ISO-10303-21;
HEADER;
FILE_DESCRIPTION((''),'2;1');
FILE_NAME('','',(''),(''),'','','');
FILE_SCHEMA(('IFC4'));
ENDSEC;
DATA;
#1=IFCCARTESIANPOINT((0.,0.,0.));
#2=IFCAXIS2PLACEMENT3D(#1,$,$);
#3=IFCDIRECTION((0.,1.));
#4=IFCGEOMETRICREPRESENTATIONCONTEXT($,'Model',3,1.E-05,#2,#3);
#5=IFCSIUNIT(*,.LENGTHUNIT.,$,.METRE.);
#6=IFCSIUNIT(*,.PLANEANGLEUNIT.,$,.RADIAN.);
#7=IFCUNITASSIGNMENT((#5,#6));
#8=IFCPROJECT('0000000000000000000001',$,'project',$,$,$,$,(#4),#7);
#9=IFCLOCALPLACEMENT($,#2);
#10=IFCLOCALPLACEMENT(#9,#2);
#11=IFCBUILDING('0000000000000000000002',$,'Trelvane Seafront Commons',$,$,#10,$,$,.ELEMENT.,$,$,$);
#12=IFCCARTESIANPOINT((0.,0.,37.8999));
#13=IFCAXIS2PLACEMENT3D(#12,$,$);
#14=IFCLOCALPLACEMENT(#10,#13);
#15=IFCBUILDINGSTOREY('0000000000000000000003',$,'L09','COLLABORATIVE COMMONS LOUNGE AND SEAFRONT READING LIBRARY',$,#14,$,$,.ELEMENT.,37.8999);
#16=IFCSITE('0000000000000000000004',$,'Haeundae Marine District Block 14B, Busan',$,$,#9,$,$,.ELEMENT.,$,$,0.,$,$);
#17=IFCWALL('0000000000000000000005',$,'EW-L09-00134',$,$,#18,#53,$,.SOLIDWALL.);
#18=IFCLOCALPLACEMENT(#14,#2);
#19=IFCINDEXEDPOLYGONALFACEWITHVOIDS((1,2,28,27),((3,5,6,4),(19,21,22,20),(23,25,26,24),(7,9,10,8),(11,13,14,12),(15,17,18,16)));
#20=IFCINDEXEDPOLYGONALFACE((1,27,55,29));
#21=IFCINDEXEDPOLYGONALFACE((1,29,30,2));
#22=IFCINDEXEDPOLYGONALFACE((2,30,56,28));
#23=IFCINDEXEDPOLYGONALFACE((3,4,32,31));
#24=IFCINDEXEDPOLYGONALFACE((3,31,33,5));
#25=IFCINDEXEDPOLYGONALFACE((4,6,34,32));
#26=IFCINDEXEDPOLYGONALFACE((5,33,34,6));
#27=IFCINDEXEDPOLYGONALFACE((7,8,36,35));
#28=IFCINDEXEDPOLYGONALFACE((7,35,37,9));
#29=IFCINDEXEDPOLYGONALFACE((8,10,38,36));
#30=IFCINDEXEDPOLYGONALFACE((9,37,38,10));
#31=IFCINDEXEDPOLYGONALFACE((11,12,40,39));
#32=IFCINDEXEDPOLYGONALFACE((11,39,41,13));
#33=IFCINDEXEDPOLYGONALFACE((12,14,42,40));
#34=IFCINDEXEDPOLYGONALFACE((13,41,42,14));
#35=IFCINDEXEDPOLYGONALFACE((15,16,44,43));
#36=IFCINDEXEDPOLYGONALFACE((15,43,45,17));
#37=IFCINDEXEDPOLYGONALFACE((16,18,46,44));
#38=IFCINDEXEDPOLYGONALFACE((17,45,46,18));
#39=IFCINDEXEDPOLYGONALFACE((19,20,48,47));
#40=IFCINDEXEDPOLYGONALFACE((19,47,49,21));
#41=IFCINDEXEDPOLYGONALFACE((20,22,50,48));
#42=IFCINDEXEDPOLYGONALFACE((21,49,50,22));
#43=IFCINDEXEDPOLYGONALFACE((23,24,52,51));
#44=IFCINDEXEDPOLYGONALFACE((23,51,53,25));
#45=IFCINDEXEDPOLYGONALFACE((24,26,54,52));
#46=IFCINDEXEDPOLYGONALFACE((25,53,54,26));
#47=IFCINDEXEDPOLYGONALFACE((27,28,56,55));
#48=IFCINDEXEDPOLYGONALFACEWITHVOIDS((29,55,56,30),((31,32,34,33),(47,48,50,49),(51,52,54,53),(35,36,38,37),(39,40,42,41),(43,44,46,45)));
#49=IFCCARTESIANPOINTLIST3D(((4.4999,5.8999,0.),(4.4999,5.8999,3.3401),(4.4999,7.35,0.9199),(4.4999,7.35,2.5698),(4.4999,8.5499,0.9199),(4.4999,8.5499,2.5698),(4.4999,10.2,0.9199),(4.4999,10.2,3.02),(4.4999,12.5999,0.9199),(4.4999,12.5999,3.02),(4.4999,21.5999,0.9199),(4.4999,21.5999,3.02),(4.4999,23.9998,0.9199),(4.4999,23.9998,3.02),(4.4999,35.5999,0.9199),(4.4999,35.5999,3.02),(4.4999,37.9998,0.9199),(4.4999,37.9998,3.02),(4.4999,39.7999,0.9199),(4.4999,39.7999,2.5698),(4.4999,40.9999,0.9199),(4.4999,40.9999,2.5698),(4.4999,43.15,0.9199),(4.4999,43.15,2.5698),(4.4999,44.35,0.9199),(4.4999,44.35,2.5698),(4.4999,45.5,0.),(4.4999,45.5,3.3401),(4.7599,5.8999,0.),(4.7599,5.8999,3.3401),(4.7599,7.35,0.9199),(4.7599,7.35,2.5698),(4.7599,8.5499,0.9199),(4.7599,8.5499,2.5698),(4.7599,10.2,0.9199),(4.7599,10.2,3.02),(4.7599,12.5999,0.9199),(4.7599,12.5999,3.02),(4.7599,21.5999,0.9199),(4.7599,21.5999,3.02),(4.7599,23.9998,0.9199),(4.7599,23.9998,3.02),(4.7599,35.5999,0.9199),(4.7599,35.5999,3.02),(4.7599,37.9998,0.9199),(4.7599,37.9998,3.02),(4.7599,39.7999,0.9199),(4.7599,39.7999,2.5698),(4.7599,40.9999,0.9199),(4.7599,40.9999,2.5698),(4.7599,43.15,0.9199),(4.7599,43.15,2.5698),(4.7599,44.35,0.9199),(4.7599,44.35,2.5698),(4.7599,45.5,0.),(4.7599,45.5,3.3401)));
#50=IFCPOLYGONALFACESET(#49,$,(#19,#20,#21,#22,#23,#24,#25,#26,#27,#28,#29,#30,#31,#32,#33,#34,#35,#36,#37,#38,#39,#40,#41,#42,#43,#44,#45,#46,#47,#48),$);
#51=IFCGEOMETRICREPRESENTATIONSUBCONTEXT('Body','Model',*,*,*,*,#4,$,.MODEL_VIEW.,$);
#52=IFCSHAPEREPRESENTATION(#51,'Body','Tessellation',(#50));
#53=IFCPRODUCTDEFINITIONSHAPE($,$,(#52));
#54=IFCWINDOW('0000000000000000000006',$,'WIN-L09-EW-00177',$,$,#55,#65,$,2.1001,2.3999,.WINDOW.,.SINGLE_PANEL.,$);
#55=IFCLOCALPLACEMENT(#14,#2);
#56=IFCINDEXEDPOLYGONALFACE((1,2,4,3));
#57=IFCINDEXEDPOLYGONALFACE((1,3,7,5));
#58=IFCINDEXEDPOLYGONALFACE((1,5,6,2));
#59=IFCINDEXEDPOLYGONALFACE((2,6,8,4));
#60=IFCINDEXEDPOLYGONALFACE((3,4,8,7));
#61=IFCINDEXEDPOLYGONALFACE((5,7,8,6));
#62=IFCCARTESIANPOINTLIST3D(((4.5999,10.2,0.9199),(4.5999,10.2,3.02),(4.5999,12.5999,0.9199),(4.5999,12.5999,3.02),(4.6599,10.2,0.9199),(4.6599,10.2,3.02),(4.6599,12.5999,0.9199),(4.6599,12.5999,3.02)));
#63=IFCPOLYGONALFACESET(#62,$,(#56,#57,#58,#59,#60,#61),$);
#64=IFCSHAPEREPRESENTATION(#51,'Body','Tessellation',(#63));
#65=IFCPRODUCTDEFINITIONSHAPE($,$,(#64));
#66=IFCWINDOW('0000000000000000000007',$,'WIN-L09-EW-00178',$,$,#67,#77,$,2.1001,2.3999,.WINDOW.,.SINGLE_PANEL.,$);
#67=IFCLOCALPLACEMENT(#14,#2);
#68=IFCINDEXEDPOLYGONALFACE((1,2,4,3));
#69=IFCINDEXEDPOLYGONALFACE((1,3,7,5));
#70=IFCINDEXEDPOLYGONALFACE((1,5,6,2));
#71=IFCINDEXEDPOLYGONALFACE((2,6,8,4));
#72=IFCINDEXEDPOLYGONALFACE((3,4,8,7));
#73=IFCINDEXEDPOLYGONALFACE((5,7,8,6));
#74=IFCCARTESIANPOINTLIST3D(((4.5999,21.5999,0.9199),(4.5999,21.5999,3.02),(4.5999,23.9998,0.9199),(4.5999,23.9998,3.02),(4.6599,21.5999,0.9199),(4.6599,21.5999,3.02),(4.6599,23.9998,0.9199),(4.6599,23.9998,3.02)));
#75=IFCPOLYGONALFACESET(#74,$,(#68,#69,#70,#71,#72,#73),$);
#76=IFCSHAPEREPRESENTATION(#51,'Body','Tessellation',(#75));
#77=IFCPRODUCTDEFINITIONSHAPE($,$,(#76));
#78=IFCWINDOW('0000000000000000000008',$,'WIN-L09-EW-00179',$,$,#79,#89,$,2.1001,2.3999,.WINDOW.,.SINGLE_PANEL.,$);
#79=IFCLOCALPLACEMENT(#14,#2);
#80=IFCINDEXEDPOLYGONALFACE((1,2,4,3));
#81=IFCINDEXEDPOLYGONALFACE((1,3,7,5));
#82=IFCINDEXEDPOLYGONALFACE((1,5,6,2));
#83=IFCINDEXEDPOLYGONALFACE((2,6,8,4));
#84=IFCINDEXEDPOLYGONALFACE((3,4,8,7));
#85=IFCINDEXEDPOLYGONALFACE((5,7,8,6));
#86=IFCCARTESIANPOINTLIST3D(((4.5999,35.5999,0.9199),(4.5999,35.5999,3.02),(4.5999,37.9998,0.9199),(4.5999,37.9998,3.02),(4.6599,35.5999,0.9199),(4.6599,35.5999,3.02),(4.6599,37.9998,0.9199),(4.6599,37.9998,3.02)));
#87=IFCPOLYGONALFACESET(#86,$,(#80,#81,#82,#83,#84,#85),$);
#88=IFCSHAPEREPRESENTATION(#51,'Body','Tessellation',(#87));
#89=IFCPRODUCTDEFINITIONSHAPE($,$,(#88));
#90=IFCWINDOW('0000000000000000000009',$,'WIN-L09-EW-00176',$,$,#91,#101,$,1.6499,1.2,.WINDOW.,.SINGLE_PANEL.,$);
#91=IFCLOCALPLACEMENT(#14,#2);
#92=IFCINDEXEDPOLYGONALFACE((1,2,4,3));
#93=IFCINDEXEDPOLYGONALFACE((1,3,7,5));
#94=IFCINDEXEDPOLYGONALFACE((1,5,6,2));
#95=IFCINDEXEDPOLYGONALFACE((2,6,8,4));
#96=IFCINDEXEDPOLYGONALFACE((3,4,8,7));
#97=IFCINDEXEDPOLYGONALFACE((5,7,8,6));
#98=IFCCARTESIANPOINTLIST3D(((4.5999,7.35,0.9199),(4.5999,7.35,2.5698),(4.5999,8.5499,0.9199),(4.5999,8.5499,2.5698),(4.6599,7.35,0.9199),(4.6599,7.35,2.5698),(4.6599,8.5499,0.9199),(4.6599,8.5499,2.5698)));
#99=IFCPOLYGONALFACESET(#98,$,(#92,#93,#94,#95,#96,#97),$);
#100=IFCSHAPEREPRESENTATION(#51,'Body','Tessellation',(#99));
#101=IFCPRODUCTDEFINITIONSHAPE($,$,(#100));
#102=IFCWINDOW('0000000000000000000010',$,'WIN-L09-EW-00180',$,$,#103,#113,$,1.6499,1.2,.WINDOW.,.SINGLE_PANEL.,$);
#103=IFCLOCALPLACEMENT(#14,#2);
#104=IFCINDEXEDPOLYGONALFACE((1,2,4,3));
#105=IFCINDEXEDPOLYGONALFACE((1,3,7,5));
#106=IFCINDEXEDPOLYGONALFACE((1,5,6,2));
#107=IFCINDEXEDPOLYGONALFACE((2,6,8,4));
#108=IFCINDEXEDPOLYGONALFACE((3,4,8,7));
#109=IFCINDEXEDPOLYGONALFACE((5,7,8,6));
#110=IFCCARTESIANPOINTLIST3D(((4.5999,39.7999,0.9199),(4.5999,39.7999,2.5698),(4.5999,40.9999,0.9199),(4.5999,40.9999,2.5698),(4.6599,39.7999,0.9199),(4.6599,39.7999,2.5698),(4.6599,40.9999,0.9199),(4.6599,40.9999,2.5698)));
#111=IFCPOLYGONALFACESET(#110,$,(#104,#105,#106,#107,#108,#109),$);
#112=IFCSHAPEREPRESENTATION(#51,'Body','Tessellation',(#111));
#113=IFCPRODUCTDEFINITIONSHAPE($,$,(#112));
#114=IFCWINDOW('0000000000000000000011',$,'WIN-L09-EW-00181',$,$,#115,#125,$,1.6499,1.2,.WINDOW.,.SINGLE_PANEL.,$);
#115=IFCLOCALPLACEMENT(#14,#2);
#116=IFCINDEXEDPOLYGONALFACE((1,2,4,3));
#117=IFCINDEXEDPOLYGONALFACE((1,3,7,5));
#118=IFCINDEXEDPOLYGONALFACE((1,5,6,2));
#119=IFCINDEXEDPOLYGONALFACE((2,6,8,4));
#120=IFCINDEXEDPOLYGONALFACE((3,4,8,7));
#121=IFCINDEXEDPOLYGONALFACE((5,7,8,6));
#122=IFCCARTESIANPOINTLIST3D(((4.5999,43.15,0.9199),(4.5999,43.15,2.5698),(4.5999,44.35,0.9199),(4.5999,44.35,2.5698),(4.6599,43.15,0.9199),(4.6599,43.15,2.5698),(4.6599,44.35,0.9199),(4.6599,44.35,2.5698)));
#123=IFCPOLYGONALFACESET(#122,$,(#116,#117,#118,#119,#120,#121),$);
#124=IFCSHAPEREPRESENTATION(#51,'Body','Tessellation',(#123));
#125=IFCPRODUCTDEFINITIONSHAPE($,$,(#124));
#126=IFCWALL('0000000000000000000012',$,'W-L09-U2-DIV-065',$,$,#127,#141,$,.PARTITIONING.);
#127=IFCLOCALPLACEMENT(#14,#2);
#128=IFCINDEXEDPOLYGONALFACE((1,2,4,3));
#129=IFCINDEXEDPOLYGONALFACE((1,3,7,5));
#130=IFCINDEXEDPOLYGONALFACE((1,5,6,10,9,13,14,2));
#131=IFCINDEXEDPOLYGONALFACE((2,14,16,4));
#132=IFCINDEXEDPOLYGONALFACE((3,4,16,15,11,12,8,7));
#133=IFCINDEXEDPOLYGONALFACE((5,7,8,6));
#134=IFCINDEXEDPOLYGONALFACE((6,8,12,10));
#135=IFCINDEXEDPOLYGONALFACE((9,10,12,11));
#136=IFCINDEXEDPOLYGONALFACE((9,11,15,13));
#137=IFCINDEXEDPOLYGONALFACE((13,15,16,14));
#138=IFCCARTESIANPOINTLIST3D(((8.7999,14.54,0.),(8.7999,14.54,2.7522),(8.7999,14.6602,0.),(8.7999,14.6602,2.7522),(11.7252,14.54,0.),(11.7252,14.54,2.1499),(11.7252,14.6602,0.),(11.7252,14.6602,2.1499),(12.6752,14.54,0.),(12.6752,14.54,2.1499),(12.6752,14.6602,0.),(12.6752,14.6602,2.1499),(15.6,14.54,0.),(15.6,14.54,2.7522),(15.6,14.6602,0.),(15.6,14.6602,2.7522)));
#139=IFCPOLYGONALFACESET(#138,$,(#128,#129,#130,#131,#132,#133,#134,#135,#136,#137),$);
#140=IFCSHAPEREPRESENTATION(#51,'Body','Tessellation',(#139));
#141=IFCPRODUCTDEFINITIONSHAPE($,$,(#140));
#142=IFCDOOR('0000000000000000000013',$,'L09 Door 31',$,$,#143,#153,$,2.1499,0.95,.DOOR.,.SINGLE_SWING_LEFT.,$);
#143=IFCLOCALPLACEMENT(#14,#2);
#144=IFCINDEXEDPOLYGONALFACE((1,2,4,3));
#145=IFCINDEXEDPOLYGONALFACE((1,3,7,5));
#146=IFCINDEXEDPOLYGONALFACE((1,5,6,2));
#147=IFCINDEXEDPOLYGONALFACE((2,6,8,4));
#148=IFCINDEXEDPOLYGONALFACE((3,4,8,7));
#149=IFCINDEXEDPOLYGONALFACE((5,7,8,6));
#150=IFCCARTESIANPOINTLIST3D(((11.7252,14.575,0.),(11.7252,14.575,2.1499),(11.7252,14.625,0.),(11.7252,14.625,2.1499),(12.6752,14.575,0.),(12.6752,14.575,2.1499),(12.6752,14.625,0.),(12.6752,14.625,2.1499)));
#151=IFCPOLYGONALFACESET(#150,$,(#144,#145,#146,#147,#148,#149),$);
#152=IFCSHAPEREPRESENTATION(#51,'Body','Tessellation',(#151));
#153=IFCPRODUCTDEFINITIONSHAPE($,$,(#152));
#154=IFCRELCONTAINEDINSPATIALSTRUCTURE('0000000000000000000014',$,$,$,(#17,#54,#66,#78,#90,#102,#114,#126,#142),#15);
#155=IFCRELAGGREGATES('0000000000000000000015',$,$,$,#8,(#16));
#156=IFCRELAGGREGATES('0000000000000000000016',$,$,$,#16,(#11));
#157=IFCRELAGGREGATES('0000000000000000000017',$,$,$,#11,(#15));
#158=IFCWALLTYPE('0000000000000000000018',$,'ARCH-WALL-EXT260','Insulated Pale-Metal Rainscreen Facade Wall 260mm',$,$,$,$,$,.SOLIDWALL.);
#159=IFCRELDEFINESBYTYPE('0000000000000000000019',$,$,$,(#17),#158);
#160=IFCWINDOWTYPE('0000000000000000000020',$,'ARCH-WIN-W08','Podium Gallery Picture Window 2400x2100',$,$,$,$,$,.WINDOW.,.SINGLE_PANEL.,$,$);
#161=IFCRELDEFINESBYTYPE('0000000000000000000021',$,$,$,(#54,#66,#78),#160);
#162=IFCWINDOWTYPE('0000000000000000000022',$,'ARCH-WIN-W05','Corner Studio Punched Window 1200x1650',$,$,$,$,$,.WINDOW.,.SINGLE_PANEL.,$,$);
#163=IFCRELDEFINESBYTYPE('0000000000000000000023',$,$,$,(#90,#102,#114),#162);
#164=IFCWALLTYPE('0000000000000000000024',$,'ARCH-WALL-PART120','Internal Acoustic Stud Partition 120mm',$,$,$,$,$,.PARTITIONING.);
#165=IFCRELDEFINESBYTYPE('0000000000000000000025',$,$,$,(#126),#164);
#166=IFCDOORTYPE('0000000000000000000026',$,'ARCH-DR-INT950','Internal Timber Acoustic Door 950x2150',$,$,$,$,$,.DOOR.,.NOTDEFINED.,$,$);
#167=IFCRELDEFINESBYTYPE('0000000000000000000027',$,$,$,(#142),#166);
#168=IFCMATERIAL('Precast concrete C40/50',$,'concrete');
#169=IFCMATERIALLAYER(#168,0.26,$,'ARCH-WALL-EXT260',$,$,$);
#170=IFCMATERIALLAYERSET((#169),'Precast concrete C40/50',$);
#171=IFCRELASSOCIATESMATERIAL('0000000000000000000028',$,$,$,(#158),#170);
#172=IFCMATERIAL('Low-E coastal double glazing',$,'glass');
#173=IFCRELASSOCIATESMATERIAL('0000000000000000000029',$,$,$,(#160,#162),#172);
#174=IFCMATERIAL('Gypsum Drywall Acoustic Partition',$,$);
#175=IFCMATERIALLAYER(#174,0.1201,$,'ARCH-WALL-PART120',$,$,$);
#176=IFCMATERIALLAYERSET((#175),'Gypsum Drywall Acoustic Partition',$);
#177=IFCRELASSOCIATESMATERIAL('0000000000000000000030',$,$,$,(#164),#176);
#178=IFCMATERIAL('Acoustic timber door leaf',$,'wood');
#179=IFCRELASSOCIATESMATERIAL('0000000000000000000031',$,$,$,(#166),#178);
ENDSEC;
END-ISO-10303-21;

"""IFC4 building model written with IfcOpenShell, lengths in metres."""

from ifc_helpers import new_model, si_unit, direction, frame, frame_2d, origin, place, context, subcontext, project, spatial, rectangle, extrude, source, transform, mapped, material, layer, layer_set, type_object, element, fill, save


model = new_model("IFC4")

# Units and contexts
model_context = context("Model", 3, precision=1e-05, world=origin(), true_north=direction((0.0, 1.0)))
body_context = subcontext(model_context, "Body", "Model", "MODEL_VIEW")
ifc_project = project(units=[si_unit("LENGTHUNIT", "METRE"), si_unit("PLANEANGLEUNIT", "RADIAN")], contexts=[model_context])

# Site, building, storey
site_placement = place(None, origin())
site = spatial("IfcSite", under=ifc_project, at=site_placement, Name="Haeundae Marine District Block 14B, Busan", CompositionType="ELEMENT", RefElevation=0.0)
building_placement = place(site_placement, origin())
building = spatial("IfcBuilding", under=site, at=building_placement, Name="Trelvane Seafront Commons", CompositionType="ELEMENT")
storey_placement = place(building_placement, frame((0.0, 0.0, 37.8999)))
storey = spatial("IfcBuildingStorey", under=building, at=storey_placement, Name="L09", Description="COLLABORATIVE COMMONS LOUNGE AND SEAFRONT READING LIBRARY", CompositionType="ELEMENT", Elevation=37.8999)

# Shared definitions
ifc_material_1 = material(Name="Precast concrete C40/50", Category="concrete")
ifc_layer_1 = layer(ifc_material_1, 0.26, Name="ARCH-WALL-EXT260")
ifc_layer_set_1 = layer_set([ifc_layer_1], Name="Precast concrete C40/50")
wall_type_1 = type_object("IfcWallType", Name="ARCH-WALL-EXT260", Description="Insulated Pale-Metal Rainscreen Facade Wall 260mm", PredefinedType="SOLIDWALL", material=ifc_layer_set_1)

# Wall, openings, windows
wall_1_placement = place(storey_placement, frame((4.6299, 5.8999, 0.0), z_axis=(0.0, 0.0, 1.0), x_axis=(0.0, 1.0, 0.0)))
wall_1 = element("IfcWall", 1, at=wall_1_placement, inside=storey, type_object=wall_type_1, Name="EW-L09-00134", PredefinedType="SOLIDWALL", context=body_context, shape_type="SweptSolid", body=[
    extrude(rectangle(XDim=39.6001, YDim=0.26, at=frame_2d((19.8, 0.0))), origin(), (0.0, 0.0, 1.0), 3.3401),
])
opening_1_placement = place(wall_1_placement, frame((1.45, 0.0, 0.9199)))
opening_1 = element("IfcOpeningElement", 2, at=opening_1_placement, cuts=wall_1, PredefinedType="OPENING", context=body_context, shape_type="SweptSolid", body=[
    extrude(rectangle(XDim=1.2, YDim=1.6499, at=frame_2d((0.6001, 0.825))), frame((0.0, 0.1399, 0.0), z_axis=(0.0, -1.0, 0.0), x_axis=(1.0, 0.0, 0.0)), (0.0, 0.0, 1.0), 0.28),
])
opening_2_placement = place(wall_1_placement, frame((4.3, 0.0, 0.9199)))
opening_2 = element("IfcOpeningElement", 3, at=opening_2_placement, cuts=wall_1, PredefinedType="OPENING", context=body_context, shape_type="SweptSolid", body=[
    extrude(rectangle(XDim=2.3999, YDim=2.1001, at=frame_2d((1.2, 1.05))), frame((0.0, 0.1399, 0.0), z_axis=(0.0, -1.0, 0.0), x_axis=(1.0, 0.0, 0.0)), (0.0, 0.0, 1.0), 0.28),
])
opening_3_placement = place(wall_1_placement, frame((15.7, 0.0, 0.9199)))
opening_3 = element("IfcOpeningElement", 4, at=opening_3_placement, cuts=wall_1, PredefinedType="OPENING", context=body_context, shape_type="SweptSolid", body=[
    extrude(rectangle(XDim=2.3999, YDim=2.1001, at=frame_2d((1.2, 1.05))), frame((0.0, 0.1399, 0.0), z_axis=(0.0, -1.0, 0.0), x_axis=(1.0, 0.0, 0.0)), (0.0, 0.0, 1.0), 0.28),
])
opening_4_placement = place(wall_1_placement, frame((29.7, 0.0, 0.9199)))
opening_4 = element("IfcOpeningElement", 5, at=opening_4_placement, cuts=wall_1, PredefinedType="OPENING", context=body_context, shape_type="SweptSolid", body=[
    extrude(rectangle(XDim=2.3999, YDim=2.1001, at=frame_2d((1.2, 1.05))), frame((0.0, 0.1399, 0.0), z_axis=(0.0, -1.0, 0.0), x_axis=(1.0, 0.0, 0.0)), (0.0, 0.0, 1.0), 0.28),
])
opening_5_placement = place(wall_1_placement, frame((33.8999, 0.0, 0.9199)))
opening_5 = element("IfcOpeningElement", 6, at=opening_5_placement, cuts=wall_1, PredefinedType="OPENING", context=body_context, shape_type="SweptSolid", body=[
    extrude(rectangle(XDim=1.2, YDim=1.6499, at=frame_2d((0.6001, 0.825))), frame((0.0, 0.1399, 0.0), z_axis=(0.0, -1.0, 0.0), x_axis=(1.0, 0.0, 0.0)), (0.0, 0.0, 1.0), 0.28),
])
opening_6_placement = place(wall_1_placement, frame((37.25, 0.0, 0.9199)))
opening_6 = element("IfcOpeningElement", 7, at=opening_6_placement, cuts=wall_1, PredefinedType="OPENING", context=body_context, shape_type="SweptSolid", body=[
    extrude(rectangle(XDim=1.2, YDim=1.6499, at=frame_2d((0.6001, 0.825))), frame((0.0, 0.1399, 0.0), z_axis=(0.0, -1.0, 0.0), x_axis=(1.0, 0.0, 0.0)), (0.0, 0.0, 1.0), 0.28),
])
ifc_material_2 = material(Name="Low-E coastal double glazing", Category="glass")
window_type_1 = type_object("IfcWindowType", Name="ARCH-WIN-W08", Description="Podium Gallery Picture Window 2400x2100", PartitioningType="SINGLE_PANEL", PredefinedType="WINDOW", material=ifc_material_2)
shared_shape_1 = source(origin(), body_context, "Body", "SweptSolid", [
    extrude(rectangle(XDim=2.3999, YDim=2.1001, at=frame_2d((1.2, 1.05))), frame((0.0, 0.03, 0.0), z_axis=(0.0, -1.0, 0.0), x_axis=(1.0, 0.0, 0.0)), (0.0, 0.0, 1.0), 0.0601),
])
window_1_placement = place(opening_2_placement, origin())
window_1 = element("IfcWindow", 8, at=window_1_placement, inside=storey, type_object=window_type_1, Name="WIN-L09-EW-00177", OverallHeight=2.1001, OverallWidth=2.3999, PartitioningType="SINGLE_PANEL", PredefinedType="WINDOW", context=body_context, shape_type="MappedRepresentation", body=[
    mapped(shared_shape_1, transform((0.0, 0.0, 0.0), x_axis=(1.0, 0.0, 0.0), y_axis=(0.0, 1.0, 0.0), z_axis=(0.0, 0.0, 1.0), scale=1.0)),
])
fill(opening_2, window_1)
window_2_placement = place(opening_3_placement, origin())
window_2 = element("IfcWindow", 9, at=window_2_placement, inside=storey, type_object=window_type_1, Name="WIN-L09-EW-00178", OverallHeight=2.1001, OverallWidth=2.3999, PartitioningType="SINGLE_PANEL", PredefinedType="WINDOW", context=body_context, shape_type="MappedRepresentation", body=[
    mapped(shared_shape_1, transform((0.0, 0.0, 0.0), x_axis=(1.0, 0.0, 0.0), y_axis=(0.0, 1.0, 0.0), z_axis=(0.0, 0.0, 1.0), scale=1.0)),
])
fill(opening_3, window_2)
window_3_placement = place(opening_4_placement, origin())
window_3 = element("IfcWindow", 10, at=window_3_placement, inside=storey, type_object=window_type_1, Name="WIN-L09-EW-00179", OverallHeight=2.1001, OverallWidth=2.3999, PartitioningType="SINGLE_PANEL", PredefinedType="WINDOW", context=body_context, shape_type="MappedRepresentation", body=[
    mapped(shared_shape_1, transform((0.0, 0.0, 0.0), x_axis=(1.0, 0.0, 0.0), y_axis=(0.0, 1.0, 0.0), z_axis=(0.0, 0.0, 1.0), scale=1.0)),
])
fill(opening_4, window_3)
window_type_2 = type_object("IfcWindowType", Name="ARCH-WIN-W05", Description="Corner Studio Punched Window 1200x1650", PartitioningType="SINGLE_PANEL", PredefinedType="WINDOW", material=ifc_material_2)
shared_shape_2 = source(origin(), body_context, "Body", "SweptSolid", [
    extrude(rectangle(XDim=1.2, YDim=1.6499, at=frame_2d((0.6001, 0.825))), frame((0.0, 0.03, 0.0), z_axis=(0.0, -1.0, 0.0), x_axis=(1.0, 0.0, 0.0)), (0.0, 0.0, 1.0), 0.0601),
])
window_4_placement = place(opening_1_placement, origin())
window_4 = element("IfcWindow", 11, at=window_4_placement, inside=storey, type_object=window_type_2, Name="WIN-L09-EW-00176", OverallHeight=1.6499, OverallWidth=1.2, PartitioningType="SINGLE_PANEL", PredefinedType="WINDOW", context=body_context, shape_type="MappedRepresentation", body=[
    mapped(shared_shape_2, transform((0.0, 0.0, 0.0), x_axis=(1.0, 0.0, 0.0), y_axis=(0.0, 1.0, 0.0), z_axis=(0.0, 0.0, 1.0), scale=1.0)),
])
fill(opening_1, window_4)
window_5_placement = place(opening_5_placement, origin())
window_5 = element("IfcWindow", 12, at=window_5_placement, inside=storey, type_object=window_type_2, Name="WIN-L09-EW-00180", OverallHeight=1.6499, OverallWidth=1.2, PartitioningType="SINGLE_PANEL", PredefinedType="WINDOW", context=body_context, shape_type="MappedRepresentation", body=[
    mapped(shared_shape_2, transform((0.0, 0.0, 0.0), x_axis=(1.0, 0.0, 0.0), y_axis=(0.0, 1.0, 0.0), z_axis=(0.0, 0.0, 1.0), scale=1.0)),
])
fill(opening_5, window_5)
window_6_placement = place(opening_6_placement, origin())
window_6 = element("IfcWindow", 13, at=window_6_placement, inside=storey, type_object=window_type_2, Name="WIN-L09-EW-00181", OverallHeight=1.6499, OverallWidth=1.2, PartitioningType="SINGLE_PANEL", PredefinedType="WINDOW", context=body_context, shape_type="MappedRepresentation", body=[
    mapped(shared_shape_2, transform((0.0, 0.0, 0.0), x_axis=(1.0, 0.0, 0.0), y_axis=(0.0, 1.0, 0.0), z_axis=(0.0, 0.0, 1.0), scale=1.0)),
])
fill(opening_6, window_6)

# Wall, opening, door
ifc_material_3 = material(Name="Gypsum Drywall Acoustic Partition")
ifc_layer_2 = layer(ifc_material_3, 0.1201, Name="ARCH-WALL-PART120")
ifc_layer_set_2 = layer_set([ifc_layer_2], Name="Gypsum Drywall Acoustic Partition")
wall_type_2 = type_object("IfcWallType", Name="ARCH-WALL-PART120", Description="Internal Acoustic Stud Partition 120mm", PredefinedType="PARTITIONING", material=ifc_layer_set_2)
ifc_material_4 = material(Name="Acoustic timber door leaf", Category="wood")
door_type = type_object("IfcDoorType", Name="ARCH-DR-INT950", Description="Internal Timber Acoustic Door 950x2150", OperationType="NOTDEFINED", PredefinedType="DOOR", material=ifc_material_4)
shared_shape_3 = source(origin(), body_context, "Body", "SweptSolid", [
    extrude(rectangle(XDim=0.95, YDim=2.1499, at=frame_2d((0.4751, 1.075))), frame((0.0, 0.0249, 0.0), z_axis=(0.0, -1.0, 0.0), x_axis=(1.0, 0.0, 0.0)), (0.0, 0.0, 1.0), 0.05),
])
wall_2_placement = place(storey_placement, frame((8.8, 14.6001, 0.0), z_axis=(0.0, 0.0, 1.0), x_axis=(1.0, 0.0, 0.0)))
wall_2 = element("IfcWall", 14, at=wall_2_placement, inside=storey, type_object=wall_type_2, Name="W-L09-U2-DIV-065", PredefinedType="PARTITIONING", context=body_context, shape_type="SweptSolid", body=[
    extrude(rectangle(XDim=6.8, YDim=0.1201, at=frame_2d((3.3999, 0.0))), origin(), (0.0, 0.0, 1.0), 2.7522),
])
opening_7_placement = place(wall_2_placement, frame((2.925, 0.0, 0.0)))
opening_7 = element("IfcOpeningElement", 15, at=opening_7_placement, cuts=wall_2, PredefinedType="OPENING", context=body_context, shape_type="SweptSolid", body=[
    extrude(rectangle(XDim=0.95, YDim=2.1499, at=frame_2d((0.4751, 1.075))), frame((0.0, 0.0701, 0.0), z_axis=(0.0, -1.0, 0.0), x_axis=(1.0, 0.0, 0.0)), (0.0, 0.0, 1.0), 0.1401),
])
door_1_placement = place(opening_7_placement, origin())
door_1 = element("IfcDoor", 16, at=door_1_placement, inside=storey, type_object=door_type, Name="L09 Door 31", OperationType="SINGLE_SWING_LEFT", OverallHeight=2.1499, OverallWidth=0.95, PredefinedType="DOOR", context=body_context, shape_type="MappedRepresentation", body=[
    mapped(shared_shape_3, transform((0.0, 0.0, 0.0), x_axis=(1.0, 0.0, 0.0), y_axis=(0.0, 1.0, 0.0), z_axis=(0.0, 0.0, 1.0), scale=1.0)),
])
fill(opening_7, door_1)

save(model, "model.ifc")
